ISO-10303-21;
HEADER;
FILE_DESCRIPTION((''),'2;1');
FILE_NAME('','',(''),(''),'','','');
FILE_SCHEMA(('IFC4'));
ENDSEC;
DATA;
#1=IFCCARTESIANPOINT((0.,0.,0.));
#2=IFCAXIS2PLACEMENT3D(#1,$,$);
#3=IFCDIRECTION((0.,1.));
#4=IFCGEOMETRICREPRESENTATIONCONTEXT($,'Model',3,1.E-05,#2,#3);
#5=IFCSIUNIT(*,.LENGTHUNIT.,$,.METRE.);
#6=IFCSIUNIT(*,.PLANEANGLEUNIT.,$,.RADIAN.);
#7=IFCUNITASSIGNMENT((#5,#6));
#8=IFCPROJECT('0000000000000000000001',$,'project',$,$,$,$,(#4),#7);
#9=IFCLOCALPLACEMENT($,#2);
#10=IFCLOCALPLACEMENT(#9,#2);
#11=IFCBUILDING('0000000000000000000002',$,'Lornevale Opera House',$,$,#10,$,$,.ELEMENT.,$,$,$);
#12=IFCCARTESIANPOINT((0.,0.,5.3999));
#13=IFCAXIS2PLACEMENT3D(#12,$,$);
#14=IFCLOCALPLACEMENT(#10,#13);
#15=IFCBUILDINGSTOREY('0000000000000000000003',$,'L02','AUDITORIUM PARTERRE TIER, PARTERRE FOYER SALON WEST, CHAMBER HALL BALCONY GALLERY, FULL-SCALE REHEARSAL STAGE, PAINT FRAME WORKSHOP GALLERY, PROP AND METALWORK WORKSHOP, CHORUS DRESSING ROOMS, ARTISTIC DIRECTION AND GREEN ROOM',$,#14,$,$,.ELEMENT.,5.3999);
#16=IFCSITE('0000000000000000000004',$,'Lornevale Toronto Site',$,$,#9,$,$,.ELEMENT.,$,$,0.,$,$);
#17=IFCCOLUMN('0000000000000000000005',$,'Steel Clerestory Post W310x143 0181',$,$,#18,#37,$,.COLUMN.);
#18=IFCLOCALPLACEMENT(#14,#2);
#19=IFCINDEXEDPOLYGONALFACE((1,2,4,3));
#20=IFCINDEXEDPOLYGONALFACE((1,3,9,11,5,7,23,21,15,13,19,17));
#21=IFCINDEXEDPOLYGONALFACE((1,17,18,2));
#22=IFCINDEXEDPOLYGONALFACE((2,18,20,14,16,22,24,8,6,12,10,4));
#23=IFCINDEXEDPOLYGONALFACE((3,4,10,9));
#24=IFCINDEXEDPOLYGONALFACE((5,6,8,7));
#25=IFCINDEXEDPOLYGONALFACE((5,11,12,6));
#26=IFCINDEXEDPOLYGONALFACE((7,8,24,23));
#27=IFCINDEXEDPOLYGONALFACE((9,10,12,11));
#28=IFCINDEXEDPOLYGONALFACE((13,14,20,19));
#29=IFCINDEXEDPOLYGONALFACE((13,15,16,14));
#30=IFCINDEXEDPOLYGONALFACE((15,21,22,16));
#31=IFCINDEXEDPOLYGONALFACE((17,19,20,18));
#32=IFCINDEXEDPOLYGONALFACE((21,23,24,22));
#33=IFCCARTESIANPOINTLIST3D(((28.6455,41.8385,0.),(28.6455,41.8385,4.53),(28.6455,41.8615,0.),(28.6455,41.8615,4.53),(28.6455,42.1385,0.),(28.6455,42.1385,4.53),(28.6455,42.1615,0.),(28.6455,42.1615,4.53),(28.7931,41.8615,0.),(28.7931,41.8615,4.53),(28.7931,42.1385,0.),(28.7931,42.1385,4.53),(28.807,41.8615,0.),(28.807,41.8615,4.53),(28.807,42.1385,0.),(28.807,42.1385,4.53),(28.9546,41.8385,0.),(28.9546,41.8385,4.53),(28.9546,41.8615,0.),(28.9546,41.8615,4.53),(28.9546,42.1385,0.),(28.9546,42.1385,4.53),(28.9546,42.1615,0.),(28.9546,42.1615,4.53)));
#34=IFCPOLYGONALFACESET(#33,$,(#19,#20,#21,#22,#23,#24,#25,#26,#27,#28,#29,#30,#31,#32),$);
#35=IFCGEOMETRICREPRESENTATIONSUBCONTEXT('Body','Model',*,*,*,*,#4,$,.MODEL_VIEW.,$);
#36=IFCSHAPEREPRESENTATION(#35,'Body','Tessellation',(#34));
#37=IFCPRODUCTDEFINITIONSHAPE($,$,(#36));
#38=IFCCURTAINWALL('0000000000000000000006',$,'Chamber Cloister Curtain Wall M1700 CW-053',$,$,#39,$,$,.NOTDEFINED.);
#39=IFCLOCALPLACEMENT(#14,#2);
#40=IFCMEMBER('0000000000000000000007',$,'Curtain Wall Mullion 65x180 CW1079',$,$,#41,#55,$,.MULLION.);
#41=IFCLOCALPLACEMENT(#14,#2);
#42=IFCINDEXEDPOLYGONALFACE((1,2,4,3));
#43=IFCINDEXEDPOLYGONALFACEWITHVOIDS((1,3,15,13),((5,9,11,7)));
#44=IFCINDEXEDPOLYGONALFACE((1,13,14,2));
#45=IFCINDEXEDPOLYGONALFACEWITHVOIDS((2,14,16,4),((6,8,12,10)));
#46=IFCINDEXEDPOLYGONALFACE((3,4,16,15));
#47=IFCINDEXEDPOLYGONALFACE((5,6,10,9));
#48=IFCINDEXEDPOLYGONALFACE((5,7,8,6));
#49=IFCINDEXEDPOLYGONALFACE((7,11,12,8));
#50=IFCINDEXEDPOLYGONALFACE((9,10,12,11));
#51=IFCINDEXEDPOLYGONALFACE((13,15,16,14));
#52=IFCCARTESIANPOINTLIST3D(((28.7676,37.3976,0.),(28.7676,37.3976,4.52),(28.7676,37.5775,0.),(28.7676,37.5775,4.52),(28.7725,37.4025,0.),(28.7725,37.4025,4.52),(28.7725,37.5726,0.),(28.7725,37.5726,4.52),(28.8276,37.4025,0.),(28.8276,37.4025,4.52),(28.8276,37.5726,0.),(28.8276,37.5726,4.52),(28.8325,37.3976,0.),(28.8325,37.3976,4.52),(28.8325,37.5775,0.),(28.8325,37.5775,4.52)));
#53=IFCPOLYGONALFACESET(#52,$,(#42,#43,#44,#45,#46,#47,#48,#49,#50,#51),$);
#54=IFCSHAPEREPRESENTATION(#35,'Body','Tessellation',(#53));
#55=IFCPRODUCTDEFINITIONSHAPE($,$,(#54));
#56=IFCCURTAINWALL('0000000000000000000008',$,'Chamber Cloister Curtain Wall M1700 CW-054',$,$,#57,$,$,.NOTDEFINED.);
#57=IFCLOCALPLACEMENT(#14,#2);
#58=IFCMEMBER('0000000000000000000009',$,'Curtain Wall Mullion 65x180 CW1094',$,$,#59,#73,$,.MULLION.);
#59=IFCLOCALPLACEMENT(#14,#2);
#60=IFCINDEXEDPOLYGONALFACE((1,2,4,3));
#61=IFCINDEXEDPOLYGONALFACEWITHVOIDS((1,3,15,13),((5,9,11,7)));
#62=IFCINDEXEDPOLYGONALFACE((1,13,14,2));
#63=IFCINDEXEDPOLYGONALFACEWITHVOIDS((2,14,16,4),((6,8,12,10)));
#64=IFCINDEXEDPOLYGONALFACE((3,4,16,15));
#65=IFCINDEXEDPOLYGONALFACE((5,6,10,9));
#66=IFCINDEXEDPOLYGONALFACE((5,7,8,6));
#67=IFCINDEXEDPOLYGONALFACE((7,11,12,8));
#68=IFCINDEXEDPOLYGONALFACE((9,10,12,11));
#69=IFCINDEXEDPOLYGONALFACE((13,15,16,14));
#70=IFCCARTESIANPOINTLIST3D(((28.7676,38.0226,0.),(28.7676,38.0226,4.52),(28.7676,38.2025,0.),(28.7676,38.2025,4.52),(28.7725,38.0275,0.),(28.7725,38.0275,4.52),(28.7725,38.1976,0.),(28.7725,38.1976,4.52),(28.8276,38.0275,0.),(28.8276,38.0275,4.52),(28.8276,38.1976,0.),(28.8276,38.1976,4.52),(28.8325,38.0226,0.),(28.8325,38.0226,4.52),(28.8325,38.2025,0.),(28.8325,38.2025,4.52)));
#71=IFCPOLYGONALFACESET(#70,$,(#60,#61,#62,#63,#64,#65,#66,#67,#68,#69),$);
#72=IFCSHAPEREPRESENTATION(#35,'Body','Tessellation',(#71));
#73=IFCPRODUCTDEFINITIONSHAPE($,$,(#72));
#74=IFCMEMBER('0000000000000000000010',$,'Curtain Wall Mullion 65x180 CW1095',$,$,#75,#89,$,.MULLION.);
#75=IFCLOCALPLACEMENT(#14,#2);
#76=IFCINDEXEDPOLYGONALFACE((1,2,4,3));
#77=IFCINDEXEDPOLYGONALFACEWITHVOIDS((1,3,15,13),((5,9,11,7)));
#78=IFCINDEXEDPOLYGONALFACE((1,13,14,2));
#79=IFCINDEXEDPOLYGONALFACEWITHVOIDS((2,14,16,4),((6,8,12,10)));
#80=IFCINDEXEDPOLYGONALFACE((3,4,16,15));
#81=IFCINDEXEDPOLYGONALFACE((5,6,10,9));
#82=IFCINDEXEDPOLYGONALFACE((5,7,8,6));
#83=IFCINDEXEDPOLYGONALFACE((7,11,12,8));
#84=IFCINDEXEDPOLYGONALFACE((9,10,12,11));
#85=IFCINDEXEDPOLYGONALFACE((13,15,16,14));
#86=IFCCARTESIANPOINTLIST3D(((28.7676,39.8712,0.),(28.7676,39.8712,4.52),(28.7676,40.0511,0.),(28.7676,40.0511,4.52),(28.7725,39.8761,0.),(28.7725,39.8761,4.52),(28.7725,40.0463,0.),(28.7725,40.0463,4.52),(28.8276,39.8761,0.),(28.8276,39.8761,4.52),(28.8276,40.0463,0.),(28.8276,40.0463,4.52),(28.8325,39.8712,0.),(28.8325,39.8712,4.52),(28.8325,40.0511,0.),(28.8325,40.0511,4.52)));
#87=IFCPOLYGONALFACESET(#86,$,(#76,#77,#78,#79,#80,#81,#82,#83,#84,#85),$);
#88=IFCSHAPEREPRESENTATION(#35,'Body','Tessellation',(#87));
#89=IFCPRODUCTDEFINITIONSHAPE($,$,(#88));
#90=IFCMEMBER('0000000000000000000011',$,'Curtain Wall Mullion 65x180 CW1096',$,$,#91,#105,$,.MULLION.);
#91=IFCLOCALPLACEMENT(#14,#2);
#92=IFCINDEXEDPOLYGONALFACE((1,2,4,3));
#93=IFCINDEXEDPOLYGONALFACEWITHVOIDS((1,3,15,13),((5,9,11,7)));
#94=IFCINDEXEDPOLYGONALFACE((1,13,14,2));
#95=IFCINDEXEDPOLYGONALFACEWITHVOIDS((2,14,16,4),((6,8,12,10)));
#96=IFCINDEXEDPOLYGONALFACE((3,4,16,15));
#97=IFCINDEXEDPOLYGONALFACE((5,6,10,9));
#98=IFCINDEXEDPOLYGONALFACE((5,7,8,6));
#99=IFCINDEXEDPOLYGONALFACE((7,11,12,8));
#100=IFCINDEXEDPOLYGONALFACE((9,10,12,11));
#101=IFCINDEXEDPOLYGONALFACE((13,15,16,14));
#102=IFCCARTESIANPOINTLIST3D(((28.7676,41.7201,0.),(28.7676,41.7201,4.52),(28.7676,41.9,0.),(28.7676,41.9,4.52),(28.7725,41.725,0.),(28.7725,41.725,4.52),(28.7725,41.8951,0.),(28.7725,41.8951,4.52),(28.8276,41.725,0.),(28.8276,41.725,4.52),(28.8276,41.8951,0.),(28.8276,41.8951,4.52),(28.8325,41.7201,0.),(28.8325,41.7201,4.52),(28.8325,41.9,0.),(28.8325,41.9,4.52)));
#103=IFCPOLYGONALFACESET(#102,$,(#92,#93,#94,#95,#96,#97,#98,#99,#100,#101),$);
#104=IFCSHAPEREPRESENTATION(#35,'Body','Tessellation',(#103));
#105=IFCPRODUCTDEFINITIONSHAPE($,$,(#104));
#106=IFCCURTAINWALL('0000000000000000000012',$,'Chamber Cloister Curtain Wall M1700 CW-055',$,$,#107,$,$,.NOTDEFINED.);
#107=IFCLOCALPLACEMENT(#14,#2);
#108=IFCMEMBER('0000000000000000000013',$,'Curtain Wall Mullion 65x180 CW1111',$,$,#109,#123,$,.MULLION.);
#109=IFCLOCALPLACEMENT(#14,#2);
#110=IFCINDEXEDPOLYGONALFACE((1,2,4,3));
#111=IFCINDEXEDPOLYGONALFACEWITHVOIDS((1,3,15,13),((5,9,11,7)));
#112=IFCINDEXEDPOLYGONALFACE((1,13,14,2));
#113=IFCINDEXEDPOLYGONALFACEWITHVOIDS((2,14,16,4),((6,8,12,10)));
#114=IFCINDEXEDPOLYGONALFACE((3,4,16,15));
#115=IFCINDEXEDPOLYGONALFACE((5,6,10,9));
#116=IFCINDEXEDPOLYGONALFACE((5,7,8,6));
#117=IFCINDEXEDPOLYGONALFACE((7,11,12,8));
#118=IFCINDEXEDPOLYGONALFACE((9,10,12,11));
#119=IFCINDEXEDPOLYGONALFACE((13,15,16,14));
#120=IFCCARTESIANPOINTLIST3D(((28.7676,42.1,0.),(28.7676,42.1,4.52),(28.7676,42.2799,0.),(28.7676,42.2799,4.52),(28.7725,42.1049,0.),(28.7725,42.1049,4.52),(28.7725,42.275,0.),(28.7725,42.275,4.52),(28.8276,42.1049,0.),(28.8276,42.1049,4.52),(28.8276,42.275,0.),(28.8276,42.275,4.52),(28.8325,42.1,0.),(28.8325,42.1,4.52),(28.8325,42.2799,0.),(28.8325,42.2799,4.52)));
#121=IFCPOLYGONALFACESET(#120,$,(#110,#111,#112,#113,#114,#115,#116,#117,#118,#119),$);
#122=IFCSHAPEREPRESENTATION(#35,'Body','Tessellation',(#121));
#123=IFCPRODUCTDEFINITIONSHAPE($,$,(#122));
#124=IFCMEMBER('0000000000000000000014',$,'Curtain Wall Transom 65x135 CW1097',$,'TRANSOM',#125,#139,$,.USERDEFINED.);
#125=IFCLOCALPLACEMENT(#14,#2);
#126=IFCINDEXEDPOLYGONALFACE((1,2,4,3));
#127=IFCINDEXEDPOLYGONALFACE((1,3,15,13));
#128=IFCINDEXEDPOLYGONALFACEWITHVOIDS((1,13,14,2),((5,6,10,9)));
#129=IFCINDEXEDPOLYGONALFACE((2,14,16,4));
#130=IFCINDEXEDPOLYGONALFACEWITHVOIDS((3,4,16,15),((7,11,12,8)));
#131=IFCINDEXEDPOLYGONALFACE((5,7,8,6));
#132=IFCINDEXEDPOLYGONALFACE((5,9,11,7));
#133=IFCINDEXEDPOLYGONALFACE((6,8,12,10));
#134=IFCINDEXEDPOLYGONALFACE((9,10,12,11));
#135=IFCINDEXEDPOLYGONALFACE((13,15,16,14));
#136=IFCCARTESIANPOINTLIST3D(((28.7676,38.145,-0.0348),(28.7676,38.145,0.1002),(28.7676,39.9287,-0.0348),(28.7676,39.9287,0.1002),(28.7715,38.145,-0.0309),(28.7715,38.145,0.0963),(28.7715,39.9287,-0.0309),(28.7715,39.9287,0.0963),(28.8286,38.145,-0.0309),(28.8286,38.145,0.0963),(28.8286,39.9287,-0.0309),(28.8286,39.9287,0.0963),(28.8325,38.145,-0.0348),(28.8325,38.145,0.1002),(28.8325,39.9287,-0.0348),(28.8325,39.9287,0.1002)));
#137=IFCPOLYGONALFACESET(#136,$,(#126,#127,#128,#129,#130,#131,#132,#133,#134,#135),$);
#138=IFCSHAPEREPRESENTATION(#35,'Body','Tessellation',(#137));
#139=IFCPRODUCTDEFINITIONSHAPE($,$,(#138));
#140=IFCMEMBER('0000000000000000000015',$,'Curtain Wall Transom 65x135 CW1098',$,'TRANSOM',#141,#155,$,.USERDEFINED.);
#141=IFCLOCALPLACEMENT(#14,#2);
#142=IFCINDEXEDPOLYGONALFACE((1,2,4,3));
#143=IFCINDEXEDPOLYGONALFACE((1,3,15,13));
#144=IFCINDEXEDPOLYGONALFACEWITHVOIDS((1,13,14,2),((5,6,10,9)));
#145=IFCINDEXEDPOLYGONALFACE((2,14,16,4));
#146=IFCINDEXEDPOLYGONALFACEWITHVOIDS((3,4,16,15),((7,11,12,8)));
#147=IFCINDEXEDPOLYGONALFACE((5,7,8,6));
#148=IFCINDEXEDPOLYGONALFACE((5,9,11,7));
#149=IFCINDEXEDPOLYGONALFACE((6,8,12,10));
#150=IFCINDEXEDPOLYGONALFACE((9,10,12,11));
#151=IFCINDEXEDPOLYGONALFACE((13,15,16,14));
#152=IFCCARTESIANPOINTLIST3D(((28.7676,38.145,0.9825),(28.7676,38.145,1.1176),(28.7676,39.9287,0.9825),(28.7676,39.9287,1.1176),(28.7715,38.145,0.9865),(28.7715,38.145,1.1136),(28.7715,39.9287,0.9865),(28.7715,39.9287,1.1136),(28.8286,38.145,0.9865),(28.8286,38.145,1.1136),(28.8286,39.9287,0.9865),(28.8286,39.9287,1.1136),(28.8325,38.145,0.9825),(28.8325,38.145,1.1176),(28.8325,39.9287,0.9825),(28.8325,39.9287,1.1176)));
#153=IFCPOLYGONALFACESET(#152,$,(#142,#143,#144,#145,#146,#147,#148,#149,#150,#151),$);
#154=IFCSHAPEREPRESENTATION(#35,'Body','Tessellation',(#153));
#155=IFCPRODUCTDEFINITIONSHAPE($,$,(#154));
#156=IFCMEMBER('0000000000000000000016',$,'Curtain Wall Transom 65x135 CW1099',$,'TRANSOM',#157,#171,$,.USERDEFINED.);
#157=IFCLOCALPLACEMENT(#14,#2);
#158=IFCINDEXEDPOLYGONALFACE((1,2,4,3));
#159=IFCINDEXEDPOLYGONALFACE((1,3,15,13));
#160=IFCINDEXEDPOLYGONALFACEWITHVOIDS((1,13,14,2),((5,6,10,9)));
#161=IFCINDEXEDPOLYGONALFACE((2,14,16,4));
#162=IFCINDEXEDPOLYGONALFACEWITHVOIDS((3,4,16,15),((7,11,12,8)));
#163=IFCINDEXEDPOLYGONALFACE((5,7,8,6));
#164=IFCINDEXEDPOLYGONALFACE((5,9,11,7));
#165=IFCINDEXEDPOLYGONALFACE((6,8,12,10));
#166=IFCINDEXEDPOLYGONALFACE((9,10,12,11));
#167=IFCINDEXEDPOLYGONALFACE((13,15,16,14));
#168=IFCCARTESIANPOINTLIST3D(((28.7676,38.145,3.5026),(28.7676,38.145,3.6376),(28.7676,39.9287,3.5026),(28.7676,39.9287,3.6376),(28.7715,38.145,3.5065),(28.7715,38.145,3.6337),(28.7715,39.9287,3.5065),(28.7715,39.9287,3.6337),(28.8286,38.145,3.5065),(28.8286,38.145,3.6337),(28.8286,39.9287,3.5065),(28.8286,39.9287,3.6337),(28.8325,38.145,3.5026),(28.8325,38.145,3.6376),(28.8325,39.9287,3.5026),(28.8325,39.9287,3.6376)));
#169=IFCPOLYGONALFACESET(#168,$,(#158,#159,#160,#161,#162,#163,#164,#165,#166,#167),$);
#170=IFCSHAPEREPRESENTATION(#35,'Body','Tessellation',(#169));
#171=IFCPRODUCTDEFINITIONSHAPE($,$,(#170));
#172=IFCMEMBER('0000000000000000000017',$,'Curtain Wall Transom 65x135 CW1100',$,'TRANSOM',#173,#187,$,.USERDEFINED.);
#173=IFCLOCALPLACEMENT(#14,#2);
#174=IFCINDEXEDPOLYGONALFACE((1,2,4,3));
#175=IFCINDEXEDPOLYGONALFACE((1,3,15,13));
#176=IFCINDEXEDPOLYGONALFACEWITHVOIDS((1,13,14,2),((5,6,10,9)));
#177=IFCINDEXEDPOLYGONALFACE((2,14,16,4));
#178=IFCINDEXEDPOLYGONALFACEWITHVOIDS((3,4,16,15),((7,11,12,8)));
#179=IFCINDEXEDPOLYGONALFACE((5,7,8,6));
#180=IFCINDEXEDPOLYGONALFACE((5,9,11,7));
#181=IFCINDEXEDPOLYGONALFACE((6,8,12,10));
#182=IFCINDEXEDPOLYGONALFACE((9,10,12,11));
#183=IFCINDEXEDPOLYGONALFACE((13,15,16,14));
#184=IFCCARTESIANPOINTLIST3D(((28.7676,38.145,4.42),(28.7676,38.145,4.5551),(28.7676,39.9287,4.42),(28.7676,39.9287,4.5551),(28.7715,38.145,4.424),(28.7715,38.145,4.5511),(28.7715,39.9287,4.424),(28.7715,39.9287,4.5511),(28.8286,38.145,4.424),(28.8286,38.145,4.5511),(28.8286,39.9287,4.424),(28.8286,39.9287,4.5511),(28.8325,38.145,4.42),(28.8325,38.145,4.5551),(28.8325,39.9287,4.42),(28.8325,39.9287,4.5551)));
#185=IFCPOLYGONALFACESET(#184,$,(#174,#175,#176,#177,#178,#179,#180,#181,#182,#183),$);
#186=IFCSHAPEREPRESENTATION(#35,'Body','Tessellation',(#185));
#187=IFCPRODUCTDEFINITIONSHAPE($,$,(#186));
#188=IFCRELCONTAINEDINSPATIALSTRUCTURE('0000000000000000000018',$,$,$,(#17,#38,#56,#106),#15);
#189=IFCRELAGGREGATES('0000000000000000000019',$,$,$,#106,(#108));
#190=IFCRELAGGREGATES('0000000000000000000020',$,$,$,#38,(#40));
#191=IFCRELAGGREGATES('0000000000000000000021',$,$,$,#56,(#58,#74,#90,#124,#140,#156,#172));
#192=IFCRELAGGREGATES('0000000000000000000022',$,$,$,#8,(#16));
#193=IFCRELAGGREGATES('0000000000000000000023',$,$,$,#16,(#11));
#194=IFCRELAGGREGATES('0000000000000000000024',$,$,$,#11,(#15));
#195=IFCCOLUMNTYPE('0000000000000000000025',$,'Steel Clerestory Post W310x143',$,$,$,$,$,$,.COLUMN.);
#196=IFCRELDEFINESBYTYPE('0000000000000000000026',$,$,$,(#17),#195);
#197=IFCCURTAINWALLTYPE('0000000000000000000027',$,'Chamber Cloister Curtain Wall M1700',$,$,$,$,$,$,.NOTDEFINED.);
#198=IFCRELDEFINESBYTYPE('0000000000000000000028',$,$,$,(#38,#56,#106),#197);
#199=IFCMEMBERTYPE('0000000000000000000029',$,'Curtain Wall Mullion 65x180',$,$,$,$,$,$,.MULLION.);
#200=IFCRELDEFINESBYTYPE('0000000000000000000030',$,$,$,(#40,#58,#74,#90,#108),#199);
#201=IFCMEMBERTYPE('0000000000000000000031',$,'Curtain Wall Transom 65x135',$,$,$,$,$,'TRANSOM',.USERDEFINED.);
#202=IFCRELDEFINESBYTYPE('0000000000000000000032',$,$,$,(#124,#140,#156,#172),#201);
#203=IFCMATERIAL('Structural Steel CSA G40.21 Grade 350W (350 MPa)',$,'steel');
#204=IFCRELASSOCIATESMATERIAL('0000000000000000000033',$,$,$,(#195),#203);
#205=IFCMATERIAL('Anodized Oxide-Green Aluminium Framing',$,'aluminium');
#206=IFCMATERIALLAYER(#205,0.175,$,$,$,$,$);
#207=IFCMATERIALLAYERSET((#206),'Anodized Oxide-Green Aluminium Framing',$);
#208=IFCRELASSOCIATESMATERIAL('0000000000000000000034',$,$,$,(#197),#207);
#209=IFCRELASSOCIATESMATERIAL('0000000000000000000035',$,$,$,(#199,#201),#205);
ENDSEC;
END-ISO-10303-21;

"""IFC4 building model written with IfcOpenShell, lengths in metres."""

from ifc_helpers import new_model, si_unit, direction, frame, origin, origin_2d, place, context, subcontext, project, spatial, hollow_rectangle, i_section, extrude, material, layer, layer_set, material_profile, profile_set, type_object, element, aggregate, save


model = new_model("IFC4")

# Units and contexts
model_context = context("Model", 3, precision=1e-05, world=origin(), true_north=direction((0.0, 1.0)))
body_context = subcontext(model_context, "Body", "Model", "MODEL_VIEW")
ifc_project = project(units=[si_unit("LENGTHUNIT", "METRE"), si_unit("PLANEANGLEUNIT", "RADIAN")], contexts=[model_context])

# Site, building, storey
site_placement = place(None, origin())
site = spatial("IfcSite", under=ifc_project, at=site_placement, Name="Lornevale Toronto Site", CompositionType="ELEMENT", RefElevation=0.0)
building_placement = place(site_placement, origin())
building = spatial("IfcBuilding", under=site, at=building_placement, Name="Lornevale Opera House", CompositionType="ELEMENT")
storey_placement = place(building_placement, frame((0.0, 0.0, 5.3999)))
storey = spatial("IfcBuildingStorey", under=building, at=storey_placement, Name="L02", Description="AUDITORIUM PARTERRE TIER, PARTERRE FOYER SALON WEST, CHAMBER HALL BALCONY GALLERY, FULL-SCALE REHEARSAL STAGE, PAINT FRAME WORKSHOP GALLERY, PROP AND METALWORK WORKSHOP, CHORUS DRESSING ROOMS, ARTISTIC DIRECTION AND GREEN ROOM", CompositionType="ELEMENT", Elevation=5.3999)

# Column
ifc_material_1 = material(Name="Structural Steel CSA G40.21 Grade 350W (350 MPa)", Category="steel")
ifc_material_profile_1 = material_profile(ifc_material_1, i_section(OverallWidth=0.3091, OverallDepth=0.323, WebThickness=0.0139, FlangeThickness=0.0229, at=origin_2d()), Name="W310x143")
ifc_profile_set_1 = profile_set([ifc_material_profile_1], Name="Structural Steel CSA G40.21 Grade 350W (350 MPa)")
column_type = type_object("IfcColumnType", Name="Steel Clerestory Post W310x143", PredefinedType="COLUMN", material=ifc_profile_set_1)
column_placement = place(storey_placement, frame((28.8, 42.0, 0.0), z_axis=(0.0, 0.0, 1.0), x_axis=(1.0, 0.0, 0.0)))
element("IfcColumn", 1, at=column_placement, inside=storey, type_object=column_type, Name="Steel Clerestory Post W310x143 0181", PredefinedType="COLUMN", context=body_context, shape_type="SweptSolid", body=[
    extrude(i_section(OverallWidth=0.3091, OverallDepth=0.323, WebThickness=0.0139, FlangeThickness=0.0229, at=origin_2d()), origin(), (0.0, 0.0, 1.0), 4.53),
])

# Curtain wall, member
ifc_material_2 = material(Name="Anodized Oxide-Green Aluminium Framing", Category="aluminium")
ifc_layer_1 = layer(ifc_material_2, 0.175)
ifc_layer_set_1 = layer_set([ifc_layer_1], Name="Anodized Oxide-Green Aluminium Framing")
curtain_wall_type = type_object("IfcCurtainWallType", Name="Chamber Cloister Curtain Wall M1700", PredefinedType="NOTDEFINED", material=ifc_layer_set_1)
curtain_wall_1_placement = place(storey_placement, origin())
curtain_wall_1 = element("IfcCurtainWall", 2, at=curtain_wall_1_placement, inside=storey, type_object=curtain_wall_type, Name="Chamber Cloister Curtain Wall M1700 CW-053", PredefinedType="NOTDEFINED")
ifc_material_profile_2 = material_profile(ifc_material_2, hollow_rectangle(XDim=0.0649, YDim=0.1799, WallThickness=0.0049, at=origin_2d()), Name="ALU65x180x5")
ifc_profile_set_2 = profile_set([ifc_material_profile_2], Name="Anodized Oxide-Green Aluminium Framing")
member_type_1 = type_object("IfcMemberType", Name="Curtain Wall Mullion 65x180", PredefinedType="MULLION", material=ifc_profile_set_2)
member_1_placement = place(storey_placement, frame((28.8, 37.4875, 0.0), z_axis=(0.0, 0.0, 1.0), x_axis=(-1.0, 0.0, 0.0)))
member_1 = element("IfcMember", 3, at=member_1_placement, type_object=member_type_1, Name="Curtain Wall Mullion 65x180 CW1079", PredefinedType="MULLION", context=body_context, shape_type="SweptSolid", body=[
    extrude(hollow_rectangle(XDim=0.0649, YDim=0.1799, WallThickness=0.0049, at=origin_2d()), origin(), (0.0, 0.0, 1.0), 4.52),
])

# Curtain wall, members
curtain_wall_2_placement = place(storey_placement, origin())
curtain_wall_2 = element("IfcCurtainWall", 4, at=curtain_wall_2_placement, inside=storey, type_object=curtain_wall_type, Name="Chamber Cloister Curtain Wall M1700 CW-054", PredefinedType="NOTDEFINED")
member_2_placement = place(storey_placement, frame((28.8, 38.1125, 0.0), z_axis=(0.0, 0.0, 1.0), x_axis=(-1.0, 0.0, 0.0)))
member_2 = element("IfcMember", 5, at=member_2_placement, type_object=member_type_1, Name="Curtain Wall Mullion 65x180 CW1094", PredefinedType="MULLION", context=body_context, shape_type="SweptSolid", body=[
    extrude(hollow_rectangle(XDim=0.0649, YDim=0.1799, WallThickness=0.0049, at=origin_2d()), origin(), (0.0, 0.0, 1.0), 4.52),
])
member_3_placement = place(storey_placement, frame((28.8, 39.9612, 0.0), z_axis=(0.0, 0.0, 1.0), x_axis=(-1.0, 0.0, 0.0)))
member_3 = element("IfcMember", 6, at=member_3_placement, type_object=member_type_1, Name="Curtain Wall Mullion 65x180 CW1095", PredefinedType="MULLION", context=body_context, shape_type="SweptSolid", body=[
    extrude(hollow_rectangle(XDim=0.0649, YDim=0.1799, WallThickness=0.0049, at=origin_2d()), origin(), (0.0, 0.0, 1.0), 4.52),
])
member_4_placement = place(storey_placement, frame((28.8, 41.8101, 0.0), z_axis=(0.0, 0.0, 1.0), x_axis=(-1.0, 0.0, 0.0)))
member_4 = element("IfcMember", 7, at=member_4_placement, type_object=member_type_1, Name="Curtain Wall Mullion 65x180 CW1096", PredefinedType="MULLION", context=body_context, shape_type="SweptSolid", body=[
    extrude(hollow_rectangle(XDim=0.0649, YDim=0.1799, WallThickness=0.0049, at=origin_2d()), origin(), (0.0, 0.0, 1.0), 4.52),
])

# Curtain wall, member
curtain_wall_3_placement = place(storey_placement, origin())
curtain_wall_3 = element("IfcCurtainWall", 8, at=curtain_wall_3_placement, inside=storey, type_object=curtain_wall_type, Name="Chamber Cloister Curtain Wall M1700 CW-055", PredefinedType="NOTDEFINED")
member_5_placement = place(storey_placement, frame((28.8, 42.1899, 0.0), z_axis=(0.0, 0.0, 1.0), x_axis=(-1.0, 0.0, 0.0)))
member_5 = element("IfcMember", 9, at=member_5_placement, type_object=member_type_1, Name="Curtain Wall Mullion 65x180 CW1111", PredefinedType="MULLION", context=body_context, shape_type="SweptSolid", body=[
    extrude(hollow_rectangle(XDim=0.0649, YDim=0.1799, WallThickness=0.0049, at=origin_2d()), origin(), (0.0, 0.0, 1.0), 4.52),
])
aggregate(curtain_wall_3, [member_5])

# Members
ifc_material_profile_3 = material_profile(ifc_material_2, hollow_rectangle(XDim=0.0649, YDim=0.135, WallThickness=0.0039, at=origin_2d()), Name="ALU65x135x4")
ifc_profile_set_3 = profile_set([ifc_material_profile_3], Name="Anodized Oxide-Green Aluminium Framing")
member_type_2 = type_object("IfcMemberType", Name="Curtain Wall Transom 65x135", ElementType="TRANSOM", PredefinedType="USERDEFINED", material=ifc_profile_set_3)
member_6_placement = place(storey_placement, frame((28.8, 38.145, 0.0327), z_axis=(0.0, 1.0, 0.0), x_axis=(-1.0, 0.0, 0.0)))
member_6 = element("IfcMember", 10, at=member_6_placement, type_object=member_type_2, Name="Curtain Wall Transom 65x135 CW1097", ObjectType="TRANSOM", PredefinedType="USERDEFINED", context=body_context, shape_type="SweptSolid", body=[
    extrude(hollow_rectangle(XDim=0.0649, YDim=0.135, WallThickness=0.0039, at=origin_2d()), origin(), (0.0, 0.0, 1.0), 1.7837),
])
member_7_placement = place(storey_placement, frame((28.8, 38.145, 1.05), z_axis=(0.0, 1.0, 0.0), x_axis=(-1.0, 0.0, 0.0)))
member_7 = element("IfcMember", 11, at=member_7_placement, type_object=member_type_2, Name="Curtain Wall Transom 65x135 CW1098", ObjectType="TRANSOM", PredefinedType="USERDEFINED", context=body_context, shape_type="SweptSolid", body=[
    extrude(hollow_rectangle(XDim=0.0649, YDim=0.135, WallThickness=0.0039, at=origin_2d()), origin(), (0.0, 0.0, 1.0), 1.7837),
])
member_8_placement = place(storey_placement, frame((28.8, 38.145, 3.5701), z_axis=(0.0, 1.0, 0.0), x_axis=(-1.0, 0.0, 0.0)))
member_8 = element("IfcMember", 12, at=member_8_placement, type_object=member_type_2, Name="Curtain Wall Transom 65x135 CW1099", ObjectType="TRANSOM", PredefinedType="USERDEFINED", context=body_context, shape_type="SweptSolid", body=[
    extrude(hollow_rectangle(XDim=0.0649, YDim=0.135, WallThickness=0.0039, at=origin_2d()), origin(), (0.0, 0.0, 1.0), 1.7837),
])
member_9_placement = place(storey_placement, frame((28.8, 38.145, 4.4875), z_axis=(0.0, 1.0, 0.0), x_axis=(-1.0, 0.0, 0.0)))
member_9 = element("IfcMember", 13, at=member_9_placement, type_object=member_type_2, Name="Curtain Wall Transom 65x135 CW1100", ObjectType="TRANSOM", PredefinedType="USERDEFINED", context=body_context, shape_type="SweptSolid", body=[
    extrude(hollow_rectangle(XDim=0.0649, YDim=0.135, WallThickness=0.0039, at=origin_2d()), origin(), (0.0, 0.0, 1.0), 1.7837),
])

aggregate(curtain_wall_1, [member_1])
aggregate(curtain_wall_2, [member_2, member_3, member_4, member_6, member_7, member_8, member_9])

save(model, "model.ifc")
